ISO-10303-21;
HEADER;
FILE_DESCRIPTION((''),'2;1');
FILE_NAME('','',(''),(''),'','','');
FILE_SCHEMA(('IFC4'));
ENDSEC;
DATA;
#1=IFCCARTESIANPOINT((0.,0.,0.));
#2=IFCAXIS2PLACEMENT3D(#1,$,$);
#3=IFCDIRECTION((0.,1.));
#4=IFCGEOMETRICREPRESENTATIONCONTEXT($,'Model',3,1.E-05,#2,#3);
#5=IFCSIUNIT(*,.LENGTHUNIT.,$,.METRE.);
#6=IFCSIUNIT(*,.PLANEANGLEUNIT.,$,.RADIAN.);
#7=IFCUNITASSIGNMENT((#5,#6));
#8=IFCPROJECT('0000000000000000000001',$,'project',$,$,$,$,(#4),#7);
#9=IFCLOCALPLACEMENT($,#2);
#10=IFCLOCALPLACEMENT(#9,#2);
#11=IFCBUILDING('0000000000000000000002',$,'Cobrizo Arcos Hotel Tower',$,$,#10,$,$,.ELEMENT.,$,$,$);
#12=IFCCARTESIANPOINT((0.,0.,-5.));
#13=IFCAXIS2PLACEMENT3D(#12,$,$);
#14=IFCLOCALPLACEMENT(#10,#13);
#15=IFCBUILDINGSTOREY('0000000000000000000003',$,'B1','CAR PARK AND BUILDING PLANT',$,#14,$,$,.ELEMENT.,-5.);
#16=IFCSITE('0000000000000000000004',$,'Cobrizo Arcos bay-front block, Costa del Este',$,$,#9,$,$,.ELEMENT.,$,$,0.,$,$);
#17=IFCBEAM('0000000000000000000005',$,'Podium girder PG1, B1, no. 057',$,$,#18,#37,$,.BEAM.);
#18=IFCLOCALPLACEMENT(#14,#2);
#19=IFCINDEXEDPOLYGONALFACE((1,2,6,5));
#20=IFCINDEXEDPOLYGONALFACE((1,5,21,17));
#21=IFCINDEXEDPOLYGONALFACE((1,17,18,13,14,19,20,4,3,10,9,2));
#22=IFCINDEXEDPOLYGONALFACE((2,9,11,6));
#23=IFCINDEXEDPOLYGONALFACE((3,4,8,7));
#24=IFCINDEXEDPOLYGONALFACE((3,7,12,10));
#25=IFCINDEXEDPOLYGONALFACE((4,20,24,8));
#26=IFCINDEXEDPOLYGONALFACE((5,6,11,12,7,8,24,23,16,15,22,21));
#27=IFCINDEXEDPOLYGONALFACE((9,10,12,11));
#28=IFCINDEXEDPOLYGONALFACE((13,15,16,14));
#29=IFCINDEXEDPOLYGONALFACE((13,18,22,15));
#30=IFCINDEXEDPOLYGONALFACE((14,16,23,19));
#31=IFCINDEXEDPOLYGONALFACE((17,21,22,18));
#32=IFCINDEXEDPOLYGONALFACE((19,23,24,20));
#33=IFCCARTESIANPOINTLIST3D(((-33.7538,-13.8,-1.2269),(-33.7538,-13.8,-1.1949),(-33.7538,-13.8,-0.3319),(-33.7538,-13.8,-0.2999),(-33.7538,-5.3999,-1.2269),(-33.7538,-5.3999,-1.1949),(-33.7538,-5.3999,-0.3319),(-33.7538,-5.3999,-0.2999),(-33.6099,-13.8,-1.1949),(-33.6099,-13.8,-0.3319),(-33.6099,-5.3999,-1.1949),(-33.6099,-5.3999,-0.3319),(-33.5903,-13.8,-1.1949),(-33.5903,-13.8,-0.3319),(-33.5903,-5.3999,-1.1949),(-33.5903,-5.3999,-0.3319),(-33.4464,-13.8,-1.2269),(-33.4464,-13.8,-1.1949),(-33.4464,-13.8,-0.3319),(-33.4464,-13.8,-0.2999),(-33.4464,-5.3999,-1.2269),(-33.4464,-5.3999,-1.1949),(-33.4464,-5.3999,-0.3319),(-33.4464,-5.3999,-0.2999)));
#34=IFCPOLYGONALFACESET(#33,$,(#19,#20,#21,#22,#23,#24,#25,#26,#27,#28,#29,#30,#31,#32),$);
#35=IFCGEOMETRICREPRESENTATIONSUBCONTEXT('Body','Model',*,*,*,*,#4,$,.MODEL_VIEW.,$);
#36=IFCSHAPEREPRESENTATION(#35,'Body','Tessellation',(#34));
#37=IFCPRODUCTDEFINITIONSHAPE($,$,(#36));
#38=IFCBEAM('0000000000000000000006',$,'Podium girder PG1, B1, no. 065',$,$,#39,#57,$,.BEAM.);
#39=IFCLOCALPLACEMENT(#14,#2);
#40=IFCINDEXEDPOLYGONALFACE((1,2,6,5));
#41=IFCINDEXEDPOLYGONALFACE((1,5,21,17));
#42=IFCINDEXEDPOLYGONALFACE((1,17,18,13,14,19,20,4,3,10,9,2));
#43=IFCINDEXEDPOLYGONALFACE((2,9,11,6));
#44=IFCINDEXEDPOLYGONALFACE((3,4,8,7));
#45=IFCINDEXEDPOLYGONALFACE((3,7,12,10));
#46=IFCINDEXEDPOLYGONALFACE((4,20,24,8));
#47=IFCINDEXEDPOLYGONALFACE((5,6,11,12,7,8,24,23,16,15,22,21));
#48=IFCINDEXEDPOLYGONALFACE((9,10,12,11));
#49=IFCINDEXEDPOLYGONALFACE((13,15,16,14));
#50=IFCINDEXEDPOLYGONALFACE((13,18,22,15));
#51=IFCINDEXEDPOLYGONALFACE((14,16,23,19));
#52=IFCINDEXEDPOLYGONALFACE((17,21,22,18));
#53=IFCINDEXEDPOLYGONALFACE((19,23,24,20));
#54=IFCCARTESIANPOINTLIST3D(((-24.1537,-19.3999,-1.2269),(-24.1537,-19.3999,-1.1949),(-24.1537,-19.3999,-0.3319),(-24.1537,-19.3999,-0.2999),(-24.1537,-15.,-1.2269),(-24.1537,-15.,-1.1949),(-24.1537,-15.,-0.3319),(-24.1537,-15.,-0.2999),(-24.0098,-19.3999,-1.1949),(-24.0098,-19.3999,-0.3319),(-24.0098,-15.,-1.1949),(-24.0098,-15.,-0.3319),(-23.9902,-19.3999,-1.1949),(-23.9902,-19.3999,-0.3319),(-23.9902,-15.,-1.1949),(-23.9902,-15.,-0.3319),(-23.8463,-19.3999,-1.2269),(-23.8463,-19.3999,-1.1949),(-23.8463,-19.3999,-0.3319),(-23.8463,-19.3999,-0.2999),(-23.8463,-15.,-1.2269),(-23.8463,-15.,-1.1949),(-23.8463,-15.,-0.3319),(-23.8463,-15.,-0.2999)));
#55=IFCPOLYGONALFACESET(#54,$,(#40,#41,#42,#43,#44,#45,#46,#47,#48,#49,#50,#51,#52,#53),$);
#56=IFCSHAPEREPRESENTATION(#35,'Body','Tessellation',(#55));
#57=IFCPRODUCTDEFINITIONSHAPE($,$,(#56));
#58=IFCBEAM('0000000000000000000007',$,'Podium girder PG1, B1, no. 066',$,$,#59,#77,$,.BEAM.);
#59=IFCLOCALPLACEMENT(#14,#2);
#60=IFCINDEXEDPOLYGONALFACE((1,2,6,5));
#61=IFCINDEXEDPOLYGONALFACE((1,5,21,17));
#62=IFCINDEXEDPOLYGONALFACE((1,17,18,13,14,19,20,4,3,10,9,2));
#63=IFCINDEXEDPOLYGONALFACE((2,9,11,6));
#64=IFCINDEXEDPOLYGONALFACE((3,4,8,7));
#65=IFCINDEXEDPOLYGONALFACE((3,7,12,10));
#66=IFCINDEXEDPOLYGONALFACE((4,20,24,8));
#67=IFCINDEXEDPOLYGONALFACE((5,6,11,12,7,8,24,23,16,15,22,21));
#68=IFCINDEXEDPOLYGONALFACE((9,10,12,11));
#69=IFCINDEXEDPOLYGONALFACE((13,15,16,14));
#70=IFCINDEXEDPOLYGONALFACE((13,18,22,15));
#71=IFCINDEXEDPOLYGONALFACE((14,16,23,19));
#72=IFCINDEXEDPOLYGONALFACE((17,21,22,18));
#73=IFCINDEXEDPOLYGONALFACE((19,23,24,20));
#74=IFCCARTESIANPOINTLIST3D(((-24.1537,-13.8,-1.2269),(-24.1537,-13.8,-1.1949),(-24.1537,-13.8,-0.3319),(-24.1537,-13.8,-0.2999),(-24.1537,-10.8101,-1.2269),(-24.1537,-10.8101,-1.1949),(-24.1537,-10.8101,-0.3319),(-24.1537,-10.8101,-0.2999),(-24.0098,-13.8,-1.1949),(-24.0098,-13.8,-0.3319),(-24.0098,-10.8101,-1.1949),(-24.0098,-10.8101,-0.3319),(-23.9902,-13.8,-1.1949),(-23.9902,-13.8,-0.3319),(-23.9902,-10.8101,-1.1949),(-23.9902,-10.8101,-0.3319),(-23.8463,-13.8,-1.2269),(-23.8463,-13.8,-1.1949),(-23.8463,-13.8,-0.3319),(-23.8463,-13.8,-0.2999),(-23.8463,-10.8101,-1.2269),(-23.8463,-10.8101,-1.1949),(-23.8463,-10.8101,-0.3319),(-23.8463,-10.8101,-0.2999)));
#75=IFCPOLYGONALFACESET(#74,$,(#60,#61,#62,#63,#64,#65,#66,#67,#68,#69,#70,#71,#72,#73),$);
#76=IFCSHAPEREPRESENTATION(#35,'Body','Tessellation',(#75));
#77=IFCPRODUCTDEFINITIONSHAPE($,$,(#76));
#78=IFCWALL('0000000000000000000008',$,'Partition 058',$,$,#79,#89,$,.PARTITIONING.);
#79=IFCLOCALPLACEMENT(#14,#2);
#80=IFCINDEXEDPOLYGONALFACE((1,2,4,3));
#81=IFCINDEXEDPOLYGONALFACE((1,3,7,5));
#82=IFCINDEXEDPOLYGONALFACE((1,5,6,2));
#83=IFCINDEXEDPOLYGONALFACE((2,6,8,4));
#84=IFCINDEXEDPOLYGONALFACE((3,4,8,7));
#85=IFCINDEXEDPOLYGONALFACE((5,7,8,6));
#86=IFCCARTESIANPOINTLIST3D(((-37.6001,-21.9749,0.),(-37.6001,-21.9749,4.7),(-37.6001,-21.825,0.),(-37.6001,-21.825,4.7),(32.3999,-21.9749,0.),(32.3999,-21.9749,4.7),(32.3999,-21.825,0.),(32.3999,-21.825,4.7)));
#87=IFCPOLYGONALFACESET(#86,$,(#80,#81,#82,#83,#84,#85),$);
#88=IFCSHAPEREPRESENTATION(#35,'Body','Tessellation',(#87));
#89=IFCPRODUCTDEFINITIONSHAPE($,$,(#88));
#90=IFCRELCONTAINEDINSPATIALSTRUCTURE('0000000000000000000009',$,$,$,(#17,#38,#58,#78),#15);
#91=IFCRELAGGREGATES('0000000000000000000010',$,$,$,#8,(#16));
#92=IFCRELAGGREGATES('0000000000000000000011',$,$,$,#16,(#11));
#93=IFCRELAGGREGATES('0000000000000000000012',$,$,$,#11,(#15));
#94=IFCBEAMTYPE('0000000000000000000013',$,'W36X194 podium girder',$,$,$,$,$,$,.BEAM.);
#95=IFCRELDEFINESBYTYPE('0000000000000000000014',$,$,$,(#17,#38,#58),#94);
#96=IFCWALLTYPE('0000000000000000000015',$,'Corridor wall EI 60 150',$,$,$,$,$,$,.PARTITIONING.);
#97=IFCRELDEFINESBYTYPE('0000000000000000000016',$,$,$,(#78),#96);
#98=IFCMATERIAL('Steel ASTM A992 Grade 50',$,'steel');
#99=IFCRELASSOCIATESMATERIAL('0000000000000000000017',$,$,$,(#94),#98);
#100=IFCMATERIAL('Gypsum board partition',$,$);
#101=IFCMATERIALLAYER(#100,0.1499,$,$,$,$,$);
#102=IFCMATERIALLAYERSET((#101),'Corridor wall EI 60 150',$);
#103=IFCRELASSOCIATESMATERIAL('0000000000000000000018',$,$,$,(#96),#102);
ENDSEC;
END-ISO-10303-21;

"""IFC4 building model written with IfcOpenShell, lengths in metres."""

from ifc_helpers import new_model, si_unit, direction, frame, frame_2d, origin, origin_2d, place, context, subcontext, project, spatial, rectangle, i_section, extrude, material, layer, layer_set, material_profile, profile_set, type_object, element, save


model = new_model("IFC4")

# Units and contexts
model_context = context("Model", 3, precision=1e-05, world=origin(), true_north=direction((0.0, 1.0)))
body_context = subcontext(model_context, "Body", "Model", "MODEL_VIEW")
ifc_project = project(units=[si_unit("LENGTHUNIT", "METRE"), si_unit("PLANEANGLEUNIT", "RADIAN")], contexts=[model_context])

# Site, building, storey
site_placement = place(None, origin())
site = spatial("IfcSite", under=ifc_project, at=site_placement, Name="Cobrizo Arcos bay-front block, Costa del Este", CompositionType="ELEMENT", RefElevation=0.0)
building_placement = place(site_placement, origin())
building = spatial("IfcBuilding", under=site, at=building_placement, Name="Cobrizo Arcos Hotel Tower", CompositionType="ELEMENT")
storey_placement = place(building_placement, frame((0.0, 0.0, -5.0)))
storey = spatial("IfcBuildingStorey", under=building, at=storey_placement, Name="B1", Description="CAR PARK AND BUILDING PLANT", CompositionType="ELEMENT", Elevation=-5.0)

# Beams
ifc_material_1 = material(Name="Steel ASTM A992 Grade 50", Category="steel")
ifc_material_profile_1 = material_profile(ifc_material_1, i_section(OverallWidth=0.3074, OverallDepth=0.927, WebThickness=0.0195, FlangeThickness=0.032, at=origin_2d()), Name="W36X194")
ifc_profile_set_1 = profile_set([ifc_material_profile_1], Name="Steel ASTM A992 Grade 50")
beam_type_1 = type_object("IfcBeamType", Name="W36X194 podium girder", PredefinedType="BEAM", material=ifc_profile_set_1)
beam_1_placement = place(storey_placement, frame((-33.6001, -13.8, -0.7634), z_axis=(0.0, 1.0, 0.0), x_axis=(-1.0, 0.0, 0.0)))
element("IfcBeam", 1, at=beam_1_placement, inside=storey, type_object=beam_type_1, Name="Podium girder PG1, B1, no. 057", PredefinedType="BEAM", context=body_context, shape_type="SweptSolid", body=[
    extrude(i_section(OverallWidth=0.3074, OverallDepth=0.927, WebThickness=0.0195, FlangeThickness=0.032, at=origin_2d()), origin(), (0.0, 0.0, 1.0), 8.4001),
])
beam_2_placement = place(storey_placement, frame((-24.0, -19.3999, -0.7634), z_axis=(0.0, 1.0, 0.0), x_axis=(-1.0, 0.0, 0.0)))
element("IfcBeam", 2, at=beam_2_placement, inside=storey, type_object=beam_type_1, Name="Podium girder PG1, B1, no. 065", PredefinedType="BEAM", context=body_context, shape_type="SweptSolid", body=[
    extrude(i_section(OverallWidth=0.3074, OverallDepth=0.927, WebThickness=0.0195, FlangeThickness=0.032, at=origin_2d()), origin(), (0.0, 0.0, 1.0), 4.3999),
])
beam_3_placement = place(storey_placement, frame((-24.0, -13.8, -0.7634), z_axis=(0.0, 1.0, 0.0), x_axis=(-1.0, 0.0, 0.0)))
element("IfcBeam", 3, at=beam_3_placement, inside=storey, type_object=beam_type_1, Name="Podium girder PG1, B1, no. 066", PredefinedType="BEAM", context=body_context, shape_type="SweptSolid", body=[
    extrude(i_section(OverallWidth=0.3074, OverallDepth=0.927, WebThickness=0.0195, FlangeThickness=0.032, at=origin_2d()), origin(), (0.0, 0.0, 1.0), 2.99),
])

# Wall
ifc_material_2 = material(Name="Gypsum board partition")
ifc_layer = layer(ifc_material_2, 0.1499)
ifc_layer_set = layer_set([ifc_layer], Name="Corridor wall EI 60 150")
wall_type = type_object("IfcWallType", Name="Corridor wall EI 60 150", PredefinedType="PARTITIONING", material=ifc_layer_set)
wall_1_placement = place(storey_placement, frame((-37.6001, -21.8999, 0.0), z_axis=(0.0, 0.0, 1.0), x_axis=(1.0, 0.0, 0.0)))
element("IfcWall", 4, at=wall_1_placement, inside=storey, type_object=wall_type, Name="Partition 058", PredefinedType="PARTITIONING", context=body_context, shape_type="SweptSolid", body=[
    extrude(rectangle(XDim=70.0, YDim=0.1499, at=frame_2d((35.0, 0.0))), origin(), (0.0, 0.0, 1.0), 4.7),
])

save(model, "model.ifc")
